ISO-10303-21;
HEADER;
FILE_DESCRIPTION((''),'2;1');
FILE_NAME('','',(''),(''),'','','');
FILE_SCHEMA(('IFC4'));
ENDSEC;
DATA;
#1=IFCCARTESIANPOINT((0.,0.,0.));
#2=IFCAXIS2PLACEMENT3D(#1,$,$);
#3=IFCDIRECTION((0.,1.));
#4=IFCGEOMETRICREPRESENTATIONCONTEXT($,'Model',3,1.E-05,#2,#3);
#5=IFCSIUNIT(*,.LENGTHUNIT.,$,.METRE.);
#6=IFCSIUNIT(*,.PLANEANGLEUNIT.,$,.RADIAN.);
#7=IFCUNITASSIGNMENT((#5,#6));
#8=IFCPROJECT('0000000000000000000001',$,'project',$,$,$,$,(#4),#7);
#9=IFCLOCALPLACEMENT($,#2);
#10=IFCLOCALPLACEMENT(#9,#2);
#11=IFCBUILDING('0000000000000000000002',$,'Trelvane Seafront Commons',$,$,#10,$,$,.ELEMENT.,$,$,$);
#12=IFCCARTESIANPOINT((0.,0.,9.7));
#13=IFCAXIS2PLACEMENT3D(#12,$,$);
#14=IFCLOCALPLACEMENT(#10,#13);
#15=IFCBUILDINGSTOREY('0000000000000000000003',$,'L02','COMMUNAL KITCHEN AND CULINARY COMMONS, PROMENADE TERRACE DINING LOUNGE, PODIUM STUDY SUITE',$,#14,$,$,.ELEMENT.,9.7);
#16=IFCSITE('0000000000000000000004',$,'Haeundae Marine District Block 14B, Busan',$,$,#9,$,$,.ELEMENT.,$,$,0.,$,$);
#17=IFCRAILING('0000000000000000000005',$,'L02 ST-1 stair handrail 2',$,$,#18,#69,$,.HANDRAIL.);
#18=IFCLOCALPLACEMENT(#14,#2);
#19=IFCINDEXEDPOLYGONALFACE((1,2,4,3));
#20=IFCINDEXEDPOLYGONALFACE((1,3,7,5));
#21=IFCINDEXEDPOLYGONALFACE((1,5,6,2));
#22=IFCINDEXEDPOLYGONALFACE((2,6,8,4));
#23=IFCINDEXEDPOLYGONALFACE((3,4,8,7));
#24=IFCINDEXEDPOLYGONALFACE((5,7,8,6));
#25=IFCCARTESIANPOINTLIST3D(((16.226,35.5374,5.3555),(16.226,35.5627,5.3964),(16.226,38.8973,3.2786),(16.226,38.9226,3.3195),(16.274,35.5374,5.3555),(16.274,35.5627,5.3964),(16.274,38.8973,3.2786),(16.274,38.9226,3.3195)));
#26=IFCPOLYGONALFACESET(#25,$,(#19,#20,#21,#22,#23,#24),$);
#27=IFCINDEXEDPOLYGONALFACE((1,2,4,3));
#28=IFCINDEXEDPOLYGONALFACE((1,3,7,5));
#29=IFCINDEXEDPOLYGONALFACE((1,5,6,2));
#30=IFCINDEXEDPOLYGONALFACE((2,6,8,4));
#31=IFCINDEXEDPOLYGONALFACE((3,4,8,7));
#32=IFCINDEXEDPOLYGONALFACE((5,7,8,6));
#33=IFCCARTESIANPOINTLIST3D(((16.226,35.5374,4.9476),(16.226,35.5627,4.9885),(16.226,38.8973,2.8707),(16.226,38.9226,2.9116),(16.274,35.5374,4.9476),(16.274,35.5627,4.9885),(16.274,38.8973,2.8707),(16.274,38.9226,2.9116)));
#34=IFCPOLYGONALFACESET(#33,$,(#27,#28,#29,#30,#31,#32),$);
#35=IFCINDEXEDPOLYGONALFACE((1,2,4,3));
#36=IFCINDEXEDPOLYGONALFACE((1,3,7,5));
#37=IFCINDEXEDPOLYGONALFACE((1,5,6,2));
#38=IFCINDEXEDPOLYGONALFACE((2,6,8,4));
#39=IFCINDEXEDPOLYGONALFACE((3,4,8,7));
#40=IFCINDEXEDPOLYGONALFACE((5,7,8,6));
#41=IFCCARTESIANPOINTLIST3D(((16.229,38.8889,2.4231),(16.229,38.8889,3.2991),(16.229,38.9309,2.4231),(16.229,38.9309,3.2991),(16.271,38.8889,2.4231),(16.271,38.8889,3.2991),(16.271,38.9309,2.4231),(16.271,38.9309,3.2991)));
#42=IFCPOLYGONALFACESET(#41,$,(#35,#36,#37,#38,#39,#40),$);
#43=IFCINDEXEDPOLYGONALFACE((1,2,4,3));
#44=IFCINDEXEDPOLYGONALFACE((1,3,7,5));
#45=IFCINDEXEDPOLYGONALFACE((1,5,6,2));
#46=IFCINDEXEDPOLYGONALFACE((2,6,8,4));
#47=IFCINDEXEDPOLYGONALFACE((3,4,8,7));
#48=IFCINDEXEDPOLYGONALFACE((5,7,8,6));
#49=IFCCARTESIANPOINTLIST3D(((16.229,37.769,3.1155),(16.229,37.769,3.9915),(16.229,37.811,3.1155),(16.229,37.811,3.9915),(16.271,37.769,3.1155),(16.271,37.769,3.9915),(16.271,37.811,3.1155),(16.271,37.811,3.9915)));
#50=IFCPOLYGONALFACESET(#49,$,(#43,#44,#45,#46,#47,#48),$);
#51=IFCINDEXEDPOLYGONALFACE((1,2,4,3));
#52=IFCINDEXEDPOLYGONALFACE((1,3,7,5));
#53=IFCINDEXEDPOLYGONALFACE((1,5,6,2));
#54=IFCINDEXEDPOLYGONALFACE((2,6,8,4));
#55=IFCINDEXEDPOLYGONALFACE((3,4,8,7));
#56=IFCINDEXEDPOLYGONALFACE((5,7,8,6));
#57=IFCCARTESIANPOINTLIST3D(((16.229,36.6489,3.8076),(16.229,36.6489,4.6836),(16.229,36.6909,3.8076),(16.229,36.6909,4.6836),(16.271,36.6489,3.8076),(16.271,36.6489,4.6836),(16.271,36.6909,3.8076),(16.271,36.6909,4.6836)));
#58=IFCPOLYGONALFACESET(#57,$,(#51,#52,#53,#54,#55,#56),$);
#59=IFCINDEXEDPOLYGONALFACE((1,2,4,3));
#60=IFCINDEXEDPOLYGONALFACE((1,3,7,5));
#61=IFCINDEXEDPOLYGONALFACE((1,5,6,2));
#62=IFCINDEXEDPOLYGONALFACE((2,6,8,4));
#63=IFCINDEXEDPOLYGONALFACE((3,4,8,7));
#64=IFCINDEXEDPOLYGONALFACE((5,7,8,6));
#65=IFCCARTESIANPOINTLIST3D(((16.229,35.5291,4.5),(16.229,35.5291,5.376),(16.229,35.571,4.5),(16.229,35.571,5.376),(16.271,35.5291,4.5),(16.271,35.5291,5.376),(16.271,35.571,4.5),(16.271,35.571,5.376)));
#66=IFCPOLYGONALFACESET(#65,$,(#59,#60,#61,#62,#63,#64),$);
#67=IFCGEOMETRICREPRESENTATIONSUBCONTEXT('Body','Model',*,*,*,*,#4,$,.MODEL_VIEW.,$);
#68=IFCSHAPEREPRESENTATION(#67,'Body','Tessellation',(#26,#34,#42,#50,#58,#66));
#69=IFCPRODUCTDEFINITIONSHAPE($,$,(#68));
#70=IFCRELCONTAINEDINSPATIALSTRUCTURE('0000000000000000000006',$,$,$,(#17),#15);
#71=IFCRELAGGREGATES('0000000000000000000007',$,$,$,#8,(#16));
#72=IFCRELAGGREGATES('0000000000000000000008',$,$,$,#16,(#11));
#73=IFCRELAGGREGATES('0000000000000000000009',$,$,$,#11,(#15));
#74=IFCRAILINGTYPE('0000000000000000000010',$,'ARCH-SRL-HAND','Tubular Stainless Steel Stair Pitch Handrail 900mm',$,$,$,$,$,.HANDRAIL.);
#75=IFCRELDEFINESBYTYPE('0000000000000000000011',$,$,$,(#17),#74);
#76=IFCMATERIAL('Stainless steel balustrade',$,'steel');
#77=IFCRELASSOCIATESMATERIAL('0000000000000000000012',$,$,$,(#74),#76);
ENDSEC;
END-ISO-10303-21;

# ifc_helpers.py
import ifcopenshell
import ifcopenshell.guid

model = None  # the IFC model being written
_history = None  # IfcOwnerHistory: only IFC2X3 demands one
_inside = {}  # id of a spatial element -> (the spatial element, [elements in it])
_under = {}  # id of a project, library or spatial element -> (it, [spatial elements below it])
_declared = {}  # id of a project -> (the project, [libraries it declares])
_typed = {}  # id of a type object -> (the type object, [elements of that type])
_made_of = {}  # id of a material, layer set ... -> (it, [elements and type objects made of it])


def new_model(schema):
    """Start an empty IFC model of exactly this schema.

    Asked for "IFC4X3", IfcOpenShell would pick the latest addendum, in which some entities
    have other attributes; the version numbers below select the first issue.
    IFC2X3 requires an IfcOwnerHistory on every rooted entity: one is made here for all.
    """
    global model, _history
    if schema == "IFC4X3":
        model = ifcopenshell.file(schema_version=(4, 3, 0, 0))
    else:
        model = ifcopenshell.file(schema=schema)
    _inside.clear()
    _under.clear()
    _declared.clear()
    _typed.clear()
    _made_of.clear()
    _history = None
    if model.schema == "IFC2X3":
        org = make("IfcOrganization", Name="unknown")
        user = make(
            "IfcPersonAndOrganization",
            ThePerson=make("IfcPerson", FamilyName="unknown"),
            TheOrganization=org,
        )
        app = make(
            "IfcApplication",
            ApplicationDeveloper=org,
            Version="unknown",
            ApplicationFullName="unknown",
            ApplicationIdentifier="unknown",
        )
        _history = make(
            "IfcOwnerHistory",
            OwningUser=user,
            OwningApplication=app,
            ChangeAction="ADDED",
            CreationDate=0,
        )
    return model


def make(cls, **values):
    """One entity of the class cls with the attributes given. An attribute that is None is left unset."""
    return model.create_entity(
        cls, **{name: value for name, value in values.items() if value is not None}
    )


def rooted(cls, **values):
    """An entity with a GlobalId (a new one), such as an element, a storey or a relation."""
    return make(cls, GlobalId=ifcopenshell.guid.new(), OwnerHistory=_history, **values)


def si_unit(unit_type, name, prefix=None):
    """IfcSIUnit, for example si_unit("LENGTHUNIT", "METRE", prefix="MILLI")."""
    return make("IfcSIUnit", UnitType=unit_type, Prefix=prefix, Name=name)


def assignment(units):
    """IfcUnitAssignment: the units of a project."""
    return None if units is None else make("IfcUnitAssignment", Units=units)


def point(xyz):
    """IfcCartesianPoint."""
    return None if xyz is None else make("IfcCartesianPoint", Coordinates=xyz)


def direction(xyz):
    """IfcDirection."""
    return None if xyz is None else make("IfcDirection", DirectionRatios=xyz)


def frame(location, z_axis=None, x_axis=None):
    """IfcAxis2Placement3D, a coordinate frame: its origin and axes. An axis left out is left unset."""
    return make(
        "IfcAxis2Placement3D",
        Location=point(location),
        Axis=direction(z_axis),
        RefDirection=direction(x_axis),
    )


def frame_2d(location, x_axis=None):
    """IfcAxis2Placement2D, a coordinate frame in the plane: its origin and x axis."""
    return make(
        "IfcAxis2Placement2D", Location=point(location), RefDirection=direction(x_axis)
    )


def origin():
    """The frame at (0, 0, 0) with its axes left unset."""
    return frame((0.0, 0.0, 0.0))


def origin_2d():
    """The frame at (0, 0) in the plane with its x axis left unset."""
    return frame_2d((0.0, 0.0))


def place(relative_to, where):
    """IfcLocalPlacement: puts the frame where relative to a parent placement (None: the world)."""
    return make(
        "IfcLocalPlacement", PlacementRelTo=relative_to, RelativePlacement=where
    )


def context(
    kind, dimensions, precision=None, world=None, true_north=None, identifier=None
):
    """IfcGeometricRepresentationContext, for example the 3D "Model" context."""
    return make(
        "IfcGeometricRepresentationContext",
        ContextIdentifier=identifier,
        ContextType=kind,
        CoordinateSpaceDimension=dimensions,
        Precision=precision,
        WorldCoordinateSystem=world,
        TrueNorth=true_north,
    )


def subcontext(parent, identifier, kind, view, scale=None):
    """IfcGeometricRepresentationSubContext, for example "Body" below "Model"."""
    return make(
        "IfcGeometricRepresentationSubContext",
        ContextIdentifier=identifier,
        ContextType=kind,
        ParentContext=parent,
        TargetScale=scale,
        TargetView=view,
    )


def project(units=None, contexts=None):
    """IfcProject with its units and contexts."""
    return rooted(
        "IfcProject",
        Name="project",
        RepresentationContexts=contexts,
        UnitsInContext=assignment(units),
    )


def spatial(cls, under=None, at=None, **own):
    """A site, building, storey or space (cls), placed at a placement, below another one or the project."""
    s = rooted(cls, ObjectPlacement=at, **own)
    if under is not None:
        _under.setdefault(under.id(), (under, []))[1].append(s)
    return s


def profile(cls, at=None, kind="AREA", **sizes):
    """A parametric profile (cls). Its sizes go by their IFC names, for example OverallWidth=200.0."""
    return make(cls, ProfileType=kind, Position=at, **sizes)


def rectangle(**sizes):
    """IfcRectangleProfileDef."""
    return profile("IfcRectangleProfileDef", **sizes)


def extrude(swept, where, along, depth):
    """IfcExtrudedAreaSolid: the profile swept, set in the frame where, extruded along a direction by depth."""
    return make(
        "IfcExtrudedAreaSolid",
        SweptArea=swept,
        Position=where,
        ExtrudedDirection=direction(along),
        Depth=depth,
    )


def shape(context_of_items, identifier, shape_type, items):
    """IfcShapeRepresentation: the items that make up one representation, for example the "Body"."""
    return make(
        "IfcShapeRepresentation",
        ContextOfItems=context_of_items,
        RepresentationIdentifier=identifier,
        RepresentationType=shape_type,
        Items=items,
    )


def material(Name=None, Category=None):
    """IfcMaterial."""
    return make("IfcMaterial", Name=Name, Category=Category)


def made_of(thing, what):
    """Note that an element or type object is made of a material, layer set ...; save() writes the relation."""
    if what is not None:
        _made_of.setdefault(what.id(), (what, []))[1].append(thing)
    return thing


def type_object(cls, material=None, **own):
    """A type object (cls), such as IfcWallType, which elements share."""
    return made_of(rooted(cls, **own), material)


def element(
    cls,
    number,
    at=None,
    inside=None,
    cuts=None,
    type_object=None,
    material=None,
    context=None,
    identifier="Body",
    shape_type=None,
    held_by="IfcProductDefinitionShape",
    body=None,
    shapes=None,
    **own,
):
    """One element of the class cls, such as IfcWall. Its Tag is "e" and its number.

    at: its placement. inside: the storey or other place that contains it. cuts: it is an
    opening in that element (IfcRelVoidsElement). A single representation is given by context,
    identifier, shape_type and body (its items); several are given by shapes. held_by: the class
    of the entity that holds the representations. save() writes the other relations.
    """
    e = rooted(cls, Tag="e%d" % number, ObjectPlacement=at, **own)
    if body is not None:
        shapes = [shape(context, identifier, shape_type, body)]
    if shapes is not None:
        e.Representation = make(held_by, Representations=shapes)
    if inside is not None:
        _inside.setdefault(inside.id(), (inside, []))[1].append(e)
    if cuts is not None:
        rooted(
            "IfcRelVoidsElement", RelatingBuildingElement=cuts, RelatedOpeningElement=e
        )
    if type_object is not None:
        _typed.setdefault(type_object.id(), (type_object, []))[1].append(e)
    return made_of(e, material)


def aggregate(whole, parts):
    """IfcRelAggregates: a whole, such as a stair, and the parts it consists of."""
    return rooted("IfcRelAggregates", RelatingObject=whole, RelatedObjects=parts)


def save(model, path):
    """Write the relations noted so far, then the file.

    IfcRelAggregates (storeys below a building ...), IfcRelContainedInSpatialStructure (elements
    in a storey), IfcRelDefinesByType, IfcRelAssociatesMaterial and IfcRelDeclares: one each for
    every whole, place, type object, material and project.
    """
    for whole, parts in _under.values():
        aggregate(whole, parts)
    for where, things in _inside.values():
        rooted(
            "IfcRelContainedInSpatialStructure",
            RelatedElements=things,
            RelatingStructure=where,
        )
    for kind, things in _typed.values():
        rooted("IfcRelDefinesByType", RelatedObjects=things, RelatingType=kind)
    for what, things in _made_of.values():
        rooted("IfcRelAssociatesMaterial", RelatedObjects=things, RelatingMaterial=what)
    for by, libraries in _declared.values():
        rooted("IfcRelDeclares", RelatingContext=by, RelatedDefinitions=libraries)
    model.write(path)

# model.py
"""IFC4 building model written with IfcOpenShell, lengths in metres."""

from ifc_helpers import new_model, si_unit, direction, frame, origin, origin_2d, place, context, subcontext, project, spatial, rectangle, extrude, material, type_object, element, save


model = new_model("IFC4")

# Units and contexts
model_context = context("Model", 3, precision=1e-05, world=origin(), true_north=direction((0.0, 1.0)))
body_context = subcontext(model_context, "Body", "Model", "MODEL_VIEW")
ifc_project = project(units=[si_unit("LENGTHUNIT", "METRE"), si_unit("PLANEANGLEUNIT", "RADIAN")], contexts=[model_context])

# Site, building, storey
site_placement = place(None, origin())
site = spatial("IfcSite", under=ifc_project, at=site_placement, Name="Haeundae Marine District Block 14B, Busan", CompositionType="ELEMENT", RefElevation=0.0)
building_placement = place(site_placement, origin())
building = spatial("IfcBuilding", under=site, at=building_placement, Name="Trelvane Seafront Commons", CompositionType="ELEMENT")
storey_placement = place(building_placement, frame((0.0, 0.0, 9.7)))
storey = spatial("IfcBuildingStorey", under=building, at=storey_placement, Name="L02", Description="COMMUNAL KITCHEN AND CULINARY COMMONS, PROMENADE TERRACE DINING LOUNGE, PODIUM STUDY SUITE", CompositionType="ELEMENT", Elevation=9.7)

# Railing
ifc_material_1 = material(Name="Stainless steel balustrade", Category="steel")
railing_type_1 = type_object("IfcRailingType", Name="ARCH-SRL-HAND", Description="Tubular Stainless Steel Stair Pitch Handrail 900mm", PredefinedType="HANDRAIL", material=ifc_material_1)
railing_1_placement = place(storey_placement, frame((16.25, 38.9099, 2.4231)))
element("IfcRailing", 1, at=railing_1_placement, inside=storey, type_object=railing_type_1, Name="L02 ST-1 stair handrail 2", PredefinedType="HANDRAIL", context=body_context, shape_type="SweptSolid", body=[
    extrude(rectangle(XDim=0.0481, YDim=0.0481, at=origin_2d()), frame((0.0, 0.0, 0.876), z_axis=(0.0, -0.850606, 0.525803), x_axis=(1.0, 0.0, 0.0)), (0.0, 0.0, 1.0), 3.95),
    extrude(rectangle(XDim=0.0481, YDim=0.0481, at=origin_2d()), frame((0.0, 0.0, 0.468), z_axis=(0.0, -0.850606, 0.525803), x_axis=(1.0, 0.0, 0.0)), (0.0, 0.0, 1.0), 3.95),
    extrude(rectangle(XDim=0.042, YDim=0.042, at=origin_2d()), origin(), (0.0, 0.0, 1.0), 0.876),
    extrude(rectangle(XDim=0.042, YDim=0.042, at=origin_2d()), frame((0.0, -1.1199, 0.6924)), (0.0, 0.0, 1.0), 0.876),
    extrude(rectangle(XDim=0.042, YDim=0.042, at=origin_2d()), frame((0.0, -2.24, 1.3845)), (0.0, 0.0, 1.0), 0.876),
    extrude(rectangle(XDim=0.042, YDim=0.042, at=origin_2d()), frame((0.0, -3.3599, 2.0769)), (0.0, 0.0, 1.0), 0.876),
])

save(model, "model.ifc")
